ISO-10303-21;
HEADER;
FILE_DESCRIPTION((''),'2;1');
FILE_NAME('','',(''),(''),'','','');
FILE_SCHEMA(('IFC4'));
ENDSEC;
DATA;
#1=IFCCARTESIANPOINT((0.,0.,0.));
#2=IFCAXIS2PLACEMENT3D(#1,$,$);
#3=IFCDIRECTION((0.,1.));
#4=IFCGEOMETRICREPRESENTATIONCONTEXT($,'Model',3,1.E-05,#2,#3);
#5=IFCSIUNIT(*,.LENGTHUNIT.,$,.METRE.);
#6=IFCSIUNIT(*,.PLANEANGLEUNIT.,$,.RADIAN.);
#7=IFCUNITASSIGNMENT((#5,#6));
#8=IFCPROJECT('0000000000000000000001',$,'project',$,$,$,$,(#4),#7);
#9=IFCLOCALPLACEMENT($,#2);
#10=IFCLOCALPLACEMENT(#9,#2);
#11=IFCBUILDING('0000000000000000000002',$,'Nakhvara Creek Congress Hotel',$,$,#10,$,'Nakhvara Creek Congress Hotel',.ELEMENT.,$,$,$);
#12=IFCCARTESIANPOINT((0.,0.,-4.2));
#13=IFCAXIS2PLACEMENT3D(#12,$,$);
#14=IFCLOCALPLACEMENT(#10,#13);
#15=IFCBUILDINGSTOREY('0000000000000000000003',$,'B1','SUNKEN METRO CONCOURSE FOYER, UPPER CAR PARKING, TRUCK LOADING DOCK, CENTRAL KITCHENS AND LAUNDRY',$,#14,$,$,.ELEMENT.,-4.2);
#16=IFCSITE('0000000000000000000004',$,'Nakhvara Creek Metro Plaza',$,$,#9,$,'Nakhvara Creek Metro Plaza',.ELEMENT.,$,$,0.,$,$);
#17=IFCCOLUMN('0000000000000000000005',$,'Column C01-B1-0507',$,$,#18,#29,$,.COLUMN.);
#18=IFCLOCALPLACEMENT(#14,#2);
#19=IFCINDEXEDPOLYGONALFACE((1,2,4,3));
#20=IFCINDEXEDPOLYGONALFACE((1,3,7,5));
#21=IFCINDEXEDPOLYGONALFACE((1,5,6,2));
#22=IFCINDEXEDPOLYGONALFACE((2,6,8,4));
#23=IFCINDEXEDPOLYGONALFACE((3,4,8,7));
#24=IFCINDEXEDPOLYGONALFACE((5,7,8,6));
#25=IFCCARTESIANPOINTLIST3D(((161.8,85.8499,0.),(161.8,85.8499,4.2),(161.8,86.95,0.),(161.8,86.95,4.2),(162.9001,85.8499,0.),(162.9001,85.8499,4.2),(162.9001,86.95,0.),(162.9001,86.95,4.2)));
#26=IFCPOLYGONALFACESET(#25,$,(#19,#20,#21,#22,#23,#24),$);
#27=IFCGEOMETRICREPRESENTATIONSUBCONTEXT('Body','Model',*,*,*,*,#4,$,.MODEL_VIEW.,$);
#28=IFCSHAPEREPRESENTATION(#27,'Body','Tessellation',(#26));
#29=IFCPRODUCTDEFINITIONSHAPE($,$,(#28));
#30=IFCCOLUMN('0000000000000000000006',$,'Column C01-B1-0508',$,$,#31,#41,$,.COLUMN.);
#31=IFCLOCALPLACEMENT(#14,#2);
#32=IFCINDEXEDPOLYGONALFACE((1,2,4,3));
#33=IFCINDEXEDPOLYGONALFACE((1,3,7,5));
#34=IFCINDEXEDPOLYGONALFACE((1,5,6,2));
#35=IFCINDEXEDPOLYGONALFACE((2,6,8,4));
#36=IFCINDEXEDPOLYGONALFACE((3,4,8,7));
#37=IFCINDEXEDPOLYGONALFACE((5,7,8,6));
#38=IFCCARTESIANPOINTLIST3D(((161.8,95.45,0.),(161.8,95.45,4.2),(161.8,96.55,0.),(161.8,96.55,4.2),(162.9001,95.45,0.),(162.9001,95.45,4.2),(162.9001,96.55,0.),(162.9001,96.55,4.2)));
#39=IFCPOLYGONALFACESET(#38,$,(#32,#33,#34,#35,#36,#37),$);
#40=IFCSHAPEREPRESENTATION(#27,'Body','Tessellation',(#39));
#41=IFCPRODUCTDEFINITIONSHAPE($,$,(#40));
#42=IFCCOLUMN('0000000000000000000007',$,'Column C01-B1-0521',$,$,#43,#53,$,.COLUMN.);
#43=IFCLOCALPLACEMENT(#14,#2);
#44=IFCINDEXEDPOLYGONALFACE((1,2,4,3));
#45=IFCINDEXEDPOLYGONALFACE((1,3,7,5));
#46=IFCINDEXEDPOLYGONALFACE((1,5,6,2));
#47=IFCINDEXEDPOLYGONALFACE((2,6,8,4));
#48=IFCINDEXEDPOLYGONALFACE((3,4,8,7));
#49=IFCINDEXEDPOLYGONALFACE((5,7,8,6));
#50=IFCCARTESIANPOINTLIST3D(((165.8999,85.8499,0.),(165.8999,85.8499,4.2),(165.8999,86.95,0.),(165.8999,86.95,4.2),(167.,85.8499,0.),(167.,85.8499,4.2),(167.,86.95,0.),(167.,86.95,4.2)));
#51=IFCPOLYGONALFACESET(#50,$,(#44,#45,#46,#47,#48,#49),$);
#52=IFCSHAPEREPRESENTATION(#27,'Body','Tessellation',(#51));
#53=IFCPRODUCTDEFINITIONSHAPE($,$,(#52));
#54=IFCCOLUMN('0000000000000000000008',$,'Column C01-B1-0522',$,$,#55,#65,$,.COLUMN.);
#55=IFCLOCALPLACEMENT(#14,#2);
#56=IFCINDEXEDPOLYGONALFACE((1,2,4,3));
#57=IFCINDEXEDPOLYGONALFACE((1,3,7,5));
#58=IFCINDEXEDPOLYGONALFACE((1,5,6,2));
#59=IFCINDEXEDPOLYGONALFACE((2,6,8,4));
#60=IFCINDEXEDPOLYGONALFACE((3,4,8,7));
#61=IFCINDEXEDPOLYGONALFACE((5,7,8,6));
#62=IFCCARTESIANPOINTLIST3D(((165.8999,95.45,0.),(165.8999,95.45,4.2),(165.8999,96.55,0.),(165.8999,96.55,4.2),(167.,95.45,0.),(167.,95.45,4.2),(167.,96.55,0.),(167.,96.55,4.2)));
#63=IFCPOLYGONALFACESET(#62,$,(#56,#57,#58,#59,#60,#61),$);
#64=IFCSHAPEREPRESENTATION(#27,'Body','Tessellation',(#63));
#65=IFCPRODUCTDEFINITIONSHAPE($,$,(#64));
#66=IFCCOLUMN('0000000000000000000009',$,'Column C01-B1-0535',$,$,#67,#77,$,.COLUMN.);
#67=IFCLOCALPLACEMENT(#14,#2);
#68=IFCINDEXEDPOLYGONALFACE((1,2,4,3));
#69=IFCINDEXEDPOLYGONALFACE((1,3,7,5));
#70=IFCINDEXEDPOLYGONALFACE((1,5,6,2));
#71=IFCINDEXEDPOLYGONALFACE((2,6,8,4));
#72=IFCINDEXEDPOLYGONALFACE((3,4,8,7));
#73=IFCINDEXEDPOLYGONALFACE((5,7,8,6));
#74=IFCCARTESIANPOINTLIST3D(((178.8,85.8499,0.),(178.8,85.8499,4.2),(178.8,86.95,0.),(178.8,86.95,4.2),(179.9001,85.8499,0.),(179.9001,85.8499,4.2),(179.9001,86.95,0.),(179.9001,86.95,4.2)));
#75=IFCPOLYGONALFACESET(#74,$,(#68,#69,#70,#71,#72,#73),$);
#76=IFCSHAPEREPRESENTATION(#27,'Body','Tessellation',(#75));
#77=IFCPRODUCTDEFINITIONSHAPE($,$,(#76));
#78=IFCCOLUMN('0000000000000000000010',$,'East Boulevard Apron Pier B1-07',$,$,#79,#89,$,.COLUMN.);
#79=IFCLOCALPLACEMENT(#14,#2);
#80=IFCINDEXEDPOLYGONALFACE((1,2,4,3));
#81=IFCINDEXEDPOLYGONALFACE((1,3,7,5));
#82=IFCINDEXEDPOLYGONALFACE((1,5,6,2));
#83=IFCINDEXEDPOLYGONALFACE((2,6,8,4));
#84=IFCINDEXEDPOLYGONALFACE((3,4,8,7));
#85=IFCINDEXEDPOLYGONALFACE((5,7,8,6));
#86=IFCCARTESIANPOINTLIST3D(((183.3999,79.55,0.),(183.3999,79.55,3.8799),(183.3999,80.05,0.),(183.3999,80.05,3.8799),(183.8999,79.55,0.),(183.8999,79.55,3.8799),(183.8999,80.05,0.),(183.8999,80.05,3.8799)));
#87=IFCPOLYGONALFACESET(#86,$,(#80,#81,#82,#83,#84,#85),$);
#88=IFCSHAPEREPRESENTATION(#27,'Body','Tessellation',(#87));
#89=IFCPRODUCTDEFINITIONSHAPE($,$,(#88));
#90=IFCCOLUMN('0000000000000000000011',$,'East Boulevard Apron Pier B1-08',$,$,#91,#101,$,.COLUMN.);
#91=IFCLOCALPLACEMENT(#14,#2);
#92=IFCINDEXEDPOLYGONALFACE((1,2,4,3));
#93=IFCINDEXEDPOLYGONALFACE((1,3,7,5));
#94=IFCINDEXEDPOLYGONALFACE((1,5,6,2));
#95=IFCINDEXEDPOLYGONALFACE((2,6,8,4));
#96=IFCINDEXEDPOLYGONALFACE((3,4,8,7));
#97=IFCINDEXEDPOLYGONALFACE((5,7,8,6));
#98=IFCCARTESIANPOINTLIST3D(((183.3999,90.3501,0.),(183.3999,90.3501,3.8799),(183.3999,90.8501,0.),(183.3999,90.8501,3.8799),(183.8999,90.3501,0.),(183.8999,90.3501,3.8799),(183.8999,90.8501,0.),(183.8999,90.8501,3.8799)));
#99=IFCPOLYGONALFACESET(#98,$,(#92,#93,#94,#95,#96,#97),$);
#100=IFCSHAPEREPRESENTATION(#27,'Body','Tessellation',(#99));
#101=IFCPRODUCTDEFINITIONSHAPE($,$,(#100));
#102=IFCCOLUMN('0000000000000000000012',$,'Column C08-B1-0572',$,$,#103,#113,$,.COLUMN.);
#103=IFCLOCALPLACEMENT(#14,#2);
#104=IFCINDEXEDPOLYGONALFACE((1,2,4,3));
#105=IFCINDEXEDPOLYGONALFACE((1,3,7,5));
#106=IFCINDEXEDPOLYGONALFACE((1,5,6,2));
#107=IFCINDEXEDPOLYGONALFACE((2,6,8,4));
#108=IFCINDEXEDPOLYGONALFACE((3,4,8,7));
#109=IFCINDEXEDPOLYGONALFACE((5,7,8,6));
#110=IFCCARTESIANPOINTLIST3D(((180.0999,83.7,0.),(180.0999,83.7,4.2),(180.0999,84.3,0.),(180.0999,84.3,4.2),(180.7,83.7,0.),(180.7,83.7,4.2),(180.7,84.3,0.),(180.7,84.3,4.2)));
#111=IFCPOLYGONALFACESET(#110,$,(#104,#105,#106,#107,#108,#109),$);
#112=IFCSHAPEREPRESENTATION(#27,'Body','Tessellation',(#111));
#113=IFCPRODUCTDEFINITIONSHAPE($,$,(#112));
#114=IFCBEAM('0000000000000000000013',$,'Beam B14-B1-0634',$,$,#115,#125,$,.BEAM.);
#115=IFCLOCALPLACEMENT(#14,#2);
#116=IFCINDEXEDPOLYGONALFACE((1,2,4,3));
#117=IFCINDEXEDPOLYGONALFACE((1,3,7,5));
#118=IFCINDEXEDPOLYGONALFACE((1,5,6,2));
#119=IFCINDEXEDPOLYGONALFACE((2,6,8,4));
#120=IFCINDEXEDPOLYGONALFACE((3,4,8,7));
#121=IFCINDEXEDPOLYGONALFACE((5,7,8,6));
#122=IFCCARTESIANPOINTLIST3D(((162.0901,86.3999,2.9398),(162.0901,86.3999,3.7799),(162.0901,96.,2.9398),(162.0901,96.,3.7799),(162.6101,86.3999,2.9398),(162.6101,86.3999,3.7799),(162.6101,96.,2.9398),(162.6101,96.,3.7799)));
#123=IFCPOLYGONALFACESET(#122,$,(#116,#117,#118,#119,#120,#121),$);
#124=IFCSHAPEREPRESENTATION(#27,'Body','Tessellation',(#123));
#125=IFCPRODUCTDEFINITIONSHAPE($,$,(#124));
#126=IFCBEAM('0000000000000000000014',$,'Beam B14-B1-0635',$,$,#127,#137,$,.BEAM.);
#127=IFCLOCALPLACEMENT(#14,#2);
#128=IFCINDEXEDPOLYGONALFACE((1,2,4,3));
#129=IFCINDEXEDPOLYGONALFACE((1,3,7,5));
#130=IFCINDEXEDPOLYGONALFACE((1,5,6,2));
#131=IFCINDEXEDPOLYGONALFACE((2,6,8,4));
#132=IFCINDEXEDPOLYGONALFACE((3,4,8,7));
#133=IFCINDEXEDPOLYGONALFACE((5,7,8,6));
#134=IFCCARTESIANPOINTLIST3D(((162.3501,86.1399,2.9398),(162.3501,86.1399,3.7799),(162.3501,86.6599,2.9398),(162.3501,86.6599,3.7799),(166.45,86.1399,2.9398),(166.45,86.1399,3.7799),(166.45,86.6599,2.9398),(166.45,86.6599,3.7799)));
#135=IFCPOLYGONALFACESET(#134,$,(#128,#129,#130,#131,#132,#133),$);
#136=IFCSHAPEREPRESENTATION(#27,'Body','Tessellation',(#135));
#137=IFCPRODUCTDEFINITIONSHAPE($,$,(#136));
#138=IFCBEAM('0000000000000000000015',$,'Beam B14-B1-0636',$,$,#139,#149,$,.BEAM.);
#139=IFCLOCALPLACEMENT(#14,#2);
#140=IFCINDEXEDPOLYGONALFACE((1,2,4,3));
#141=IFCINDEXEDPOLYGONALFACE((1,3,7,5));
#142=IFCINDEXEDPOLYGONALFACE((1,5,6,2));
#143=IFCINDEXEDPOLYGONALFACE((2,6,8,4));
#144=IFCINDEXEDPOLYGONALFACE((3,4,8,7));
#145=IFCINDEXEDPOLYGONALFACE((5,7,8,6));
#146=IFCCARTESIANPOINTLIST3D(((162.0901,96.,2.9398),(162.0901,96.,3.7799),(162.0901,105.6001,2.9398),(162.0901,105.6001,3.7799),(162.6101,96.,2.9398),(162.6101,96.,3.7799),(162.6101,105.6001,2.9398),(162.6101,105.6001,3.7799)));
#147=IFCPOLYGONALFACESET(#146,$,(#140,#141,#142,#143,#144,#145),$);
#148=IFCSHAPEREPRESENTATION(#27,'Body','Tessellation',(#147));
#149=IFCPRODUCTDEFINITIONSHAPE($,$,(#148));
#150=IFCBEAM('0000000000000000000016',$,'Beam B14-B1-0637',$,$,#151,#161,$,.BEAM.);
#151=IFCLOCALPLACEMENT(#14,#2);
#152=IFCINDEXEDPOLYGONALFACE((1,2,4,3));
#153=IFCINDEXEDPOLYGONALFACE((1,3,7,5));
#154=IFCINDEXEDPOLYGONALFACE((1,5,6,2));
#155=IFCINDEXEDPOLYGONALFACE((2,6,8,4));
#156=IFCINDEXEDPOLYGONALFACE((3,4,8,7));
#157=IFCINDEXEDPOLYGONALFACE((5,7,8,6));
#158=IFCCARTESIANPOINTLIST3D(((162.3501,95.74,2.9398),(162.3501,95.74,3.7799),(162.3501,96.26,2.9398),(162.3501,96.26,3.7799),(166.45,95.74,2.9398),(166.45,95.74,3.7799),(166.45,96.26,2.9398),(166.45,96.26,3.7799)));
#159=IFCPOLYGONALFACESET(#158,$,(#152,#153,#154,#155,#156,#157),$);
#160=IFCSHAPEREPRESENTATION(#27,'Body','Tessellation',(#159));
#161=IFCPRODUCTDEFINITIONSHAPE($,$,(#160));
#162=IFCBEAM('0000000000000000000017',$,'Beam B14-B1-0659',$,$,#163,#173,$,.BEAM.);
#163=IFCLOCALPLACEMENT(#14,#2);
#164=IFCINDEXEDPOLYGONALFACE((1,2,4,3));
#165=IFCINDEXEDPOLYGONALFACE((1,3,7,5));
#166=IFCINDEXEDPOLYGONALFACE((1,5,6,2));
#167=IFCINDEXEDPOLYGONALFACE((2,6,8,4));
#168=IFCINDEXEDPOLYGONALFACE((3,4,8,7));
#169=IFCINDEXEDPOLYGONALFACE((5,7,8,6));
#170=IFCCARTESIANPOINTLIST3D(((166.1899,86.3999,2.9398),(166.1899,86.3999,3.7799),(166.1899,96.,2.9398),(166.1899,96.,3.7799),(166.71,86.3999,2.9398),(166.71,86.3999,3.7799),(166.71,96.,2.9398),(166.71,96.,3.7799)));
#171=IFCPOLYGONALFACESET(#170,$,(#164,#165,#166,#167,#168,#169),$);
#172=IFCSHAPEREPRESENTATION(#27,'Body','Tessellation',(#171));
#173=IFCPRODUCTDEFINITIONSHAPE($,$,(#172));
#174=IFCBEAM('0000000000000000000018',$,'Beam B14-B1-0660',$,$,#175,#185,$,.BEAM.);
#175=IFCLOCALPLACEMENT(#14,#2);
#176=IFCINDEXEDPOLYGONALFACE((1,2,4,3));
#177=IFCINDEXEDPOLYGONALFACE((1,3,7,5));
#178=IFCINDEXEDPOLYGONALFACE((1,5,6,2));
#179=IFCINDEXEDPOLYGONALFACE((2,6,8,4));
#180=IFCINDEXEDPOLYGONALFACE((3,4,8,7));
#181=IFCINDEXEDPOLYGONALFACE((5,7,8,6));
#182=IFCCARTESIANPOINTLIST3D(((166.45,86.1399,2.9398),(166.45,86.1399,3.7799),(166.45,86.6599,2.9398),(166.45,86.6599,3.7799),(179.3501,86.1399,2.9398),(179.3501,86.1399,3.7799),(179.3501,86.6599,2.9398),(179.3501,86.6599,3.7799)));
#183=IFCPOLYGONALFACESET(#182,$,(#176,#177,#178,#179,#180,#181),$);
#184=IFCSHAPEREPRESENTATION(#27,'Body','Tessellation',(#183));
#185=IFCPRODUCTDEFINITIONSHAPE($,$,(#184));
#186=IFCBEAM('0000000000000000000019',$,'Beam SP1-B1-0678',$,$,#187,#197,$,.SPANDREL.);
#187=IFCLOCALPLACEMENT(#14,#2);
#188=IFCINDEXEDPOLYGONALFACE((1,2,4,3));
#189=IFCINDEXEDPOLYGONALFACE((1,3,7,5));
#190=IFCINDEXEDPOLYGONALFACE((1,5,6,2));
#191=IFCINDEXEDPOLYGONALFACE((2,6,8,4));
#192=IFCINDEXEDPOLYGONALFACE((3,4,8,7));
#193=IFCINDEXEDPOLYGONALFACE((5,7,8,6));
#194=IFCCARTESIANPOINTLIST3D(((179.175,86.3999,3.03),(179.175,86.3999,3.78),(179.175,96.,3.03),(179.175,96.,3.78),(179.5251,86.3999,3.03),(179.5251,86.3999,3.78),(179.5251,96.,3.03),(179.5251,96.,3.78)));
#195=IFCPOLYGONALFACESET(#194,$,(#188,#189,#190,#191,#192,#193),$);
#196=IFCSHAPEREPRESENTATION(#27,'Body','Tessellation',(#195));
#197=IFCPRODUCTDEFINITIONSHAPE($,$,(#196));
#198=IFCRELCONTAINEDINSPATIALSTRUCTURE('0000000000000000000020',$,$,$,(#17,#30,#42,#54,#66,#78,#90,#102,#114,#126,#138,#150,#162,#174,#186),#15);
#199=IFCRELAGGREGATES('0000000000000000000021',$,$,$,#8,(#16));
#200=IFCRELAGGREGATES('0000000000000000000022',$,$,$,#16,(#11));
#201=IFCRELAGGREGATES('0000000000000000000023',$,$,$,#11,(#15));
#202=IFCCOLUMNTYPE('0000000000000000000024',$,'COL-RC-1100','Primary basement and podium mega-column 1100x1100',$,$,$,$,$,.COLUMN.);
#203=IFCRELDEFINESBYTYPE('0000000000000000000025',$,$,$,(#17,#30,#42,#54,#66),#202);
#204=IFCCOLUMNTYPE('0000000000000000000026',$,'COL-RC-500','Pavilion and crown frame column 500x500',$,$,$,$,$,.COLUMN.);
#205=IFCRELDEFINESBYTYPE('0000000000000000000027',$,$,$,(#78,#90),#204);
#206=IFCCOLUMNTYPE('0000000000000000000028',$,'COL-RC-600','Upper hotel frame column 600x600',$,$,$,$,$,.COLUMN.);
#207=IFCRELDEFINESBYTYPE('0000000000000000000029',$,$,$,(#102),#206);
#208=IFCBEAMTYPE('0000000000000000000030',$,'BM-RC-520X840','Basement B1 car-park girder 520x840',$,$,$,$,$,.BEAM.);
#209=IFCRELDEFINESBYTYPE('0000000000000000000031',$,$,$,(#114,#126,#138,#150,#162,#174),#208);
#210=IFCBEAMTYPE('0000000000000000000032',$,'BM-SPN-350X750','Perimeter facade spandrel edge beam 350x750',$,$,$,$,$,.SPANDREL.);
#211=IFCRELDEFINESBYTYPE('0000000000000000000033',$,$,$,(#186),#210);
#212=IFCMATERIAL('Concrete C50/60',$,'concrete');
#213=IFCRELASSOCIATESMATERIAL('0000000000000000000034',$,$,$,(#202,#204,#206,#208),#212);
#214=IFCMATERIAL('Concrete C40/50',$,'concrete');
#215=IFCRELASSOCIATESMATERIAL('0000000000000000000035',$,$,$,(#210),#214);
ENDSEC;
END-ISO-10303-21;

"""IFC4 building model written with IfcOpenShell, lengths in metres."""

from ifc_helpers import new_model, si_unit, direction, frame, origin, origin_2d, place, context, subcontext, project, spatial, rectangle, extrude, material, material_profile, profile_set, type_object, element, save


model = new_model("IFC4")

# Units and contexts
model_context = context("Model", 3, precision=1e-05, world=origin(), true_north=direction((0.0, 1.0)))
body_context = subcontext(model_context, "Body", "Model", "MODEL_VIEW")
ifc_project = project(units=[si_unit("LENGTHUNIT", "METRE"), si_unit("PLANEANGLEUNIT", "RADIAN")], contexts=[model_context])

# Site, building, storey
site_placement = place(None, origin())
site = spatial("IfcSite", under=ifc_project, at=site_placement, Name="Nakhvara Creek Metro Plaza", LongName="Nakhvara Creek Metro Plaza", CompositionType="ELEMENT", RefElevation=0.0)
building_placement = place(site_placement, origin())
building = spatial("IfcBuilding", under=site, at=building_placement, Name="Nakhvara Creek Congress Hotel", LongName="Nakhvara Creek Congress Hotel", CompositionType="ELEMENT")
storey_placement = place(building_placement, frame((0.0, 0.0, -4.2)))
storey = spatial("IfcBuildingStorey", under=building, at=storey_placement, Name="B1", Description="SUNKEN METRO CONCOURSE FOYER, UPPER CAR PARKING, TRUCK LOADING DOCK, CENTRAL KITCHENS AND LAUNDRY", CompositionType="ELEMENT", Elevation=-4.2)

# Columns
ifc_material_1 = material(Name="Concrete C50/60", Category="concrete")
ifc_material_profile_1 = material_profile(ifc_material_1, rectangle(XDim=1.1001, YDim=1.1001, at=origin_2d()), Name="RC-COL 1100x1100", Category="LoadBearing")
ifc_profile_set_1 = profile_set([ifc_material_profile_1], Name="Concrete C50/60")
column_type_1 = type_object("IfcColumnType", Name="COL-RC-1100", Description="Primary basement and podium mega-column 1100x1100", PredefinedType="COLUMN", material=ifc_profile_set_1)
for number, where, z_axis, x_axis, name in (
    (1, (162.3501, 86.3999, 0.0), (0.0, 0.0, 1.0), (1.0, 0.0, 0.0), "Column C01-B1-0507"),
    (2, (162.3501, 96.0, 0.0), (0.0, 0.0, 1.0), (1.0, 0.0, 0.0), "Column C01-B1-0508"),
    (3, (166.45, 86.3999, 0.0), (0.0, 0.0, 1.0), (1.0, 0.0, 0.0), "Column C01-B1-0521"),
    (4, (166.45, 96.0, 0.0), (0.0, 0.0, 1.0), (1.0, 0.0, 0.0), "Column C01-B1-0522"),
    (5, (179.3501, 86.3999, 0.0), (0.0, 0.0, 1.0), (1.0, 0.0, 0.0), "Column C01-B1-0535"),
):
    element("IfcColumn", number, at=place(storey_placement, frame(where, z_axis=z_axis, x_axis=x_axis)), inside=storey, type_object=column_type_1, Name=name, PredefinedType="COLUMN", context=body_context, shape_type="SweptSolid", body=[
        extrude(rectangle(XDim=1.1001, YDim=1.1001, at=origin_2d()), origin(), (0.0, 0.0, 1.0), 4.2),
    ])
ifc_material_profile_2 = material_profile(ifc_material_1, rectangle(XDim=0.5, YDim=0.5, at=origin_2d()), Name="RC-COL 500x500", Category="LoadBearing")
ifc_profile_set_2 = profile_set([ifc_material_profile_2], Name="Concrete C50/60")
column_type_2 = type_object("IfcColumnType", Name="COL-RC-500", Description="Pavilion and crown frame column 500x500", PredefinedType="COLUMN", material=ifc_profile_set_2)
for number, where, z_axis, x_axis, name in (
    (6, (183.6499, 79.8, 0.0), (0.0, 0.0, 1.0), (1.0, 0.0, 0.0), "East Boulevard Apron Pier B1-07"),
    (7, (183.6499, 90.6001, 0.0), (0.0, 0.0, 1.0), (1.0, 0.0, 0.0), "East Boulevard Apron Pier B1-08"),
):
    element("IfcColumn", number, at=place(storey_placement, frame(where, z_axis=z_axis, x_axis=x_axis)), inside=storey, type_object=column_type_2, Name=name, PredefinedType="COLUMN", context=body_context, shape_type="SweptSolid", body=[
        extrude(rectangle(XDim=0.5, YDim=0.5, at=origin_2d()), origin(), (0.0, 0.0, 1.0), 3.8799),
    ])
ifc_material_profile_3 = material_profile(ifc_material_1, rectangle(XDim=0.6001, YDim=0.6001, at=origin_2d()), Name="RC-COL 600x600", Category="LoadBearing")
ifc_profile_set_3 = profile_set([ifc_material_profile_3], Name="Concrete C50/60")
column_type_3 = type_object("IfcColumnType", Name="COL-RC-600", Description="Upper hotel frame column 600x600", PredefinedType="COLUMN", material=ifc_profile_set_3)
column_placement = place(storey_placement, frame((180.3999, 84.0, 0.0), z_axis=(0.0, 0.0, 1.0), x_axis=(1.0, 0.0, 0.0)))
element("IfcColumn", 8, at=column_placement, inside=storey, type_object=column_type_3, Name="Column C08-B1-0572", PredefinedType="COLUMN", context=body_context, shape_type="SweptSolid", body=[
    extrude(rectangle(XDim=0.6001, YDim=0.6001, at=origin_2d()), origin(), (0.0, 0.0, 1.0), 4.2),
])

# Beams
ifc_material_profile_4 = material_profile(ifc_material_1, rectangle(XDim=0.52, YDim=0.8401, at=origin_2d()), Name="RC-BM 520x840", Category="LoadBearing")
ifc_profile_set_4 = profile_set([ifc_material_profile_4], Name="Concrete C50/60")
beam_type_1 = type_object("IfcBeamType", Name="BM-RC-520X840", Description="Basement B1 car-park girder 520x840", PredefinedType="BEAM", material=ifc_profile_set_4)
beam_1_placement = place(storey_placement, frame((162.3501, 86.3999, 3.3599), z_axis=(0.0, 1.0, 0.0), x_axis=(-1.0, 0.0, 0.0)))
element("IfcBeam", 9, at=beam_1_placement, inside=storey, type_object=beam_type_1, Name="Beam B14-B1-0634", PredefinedType="BEAM", context=body_context, shape_type="SweptSolid", body=[
    extrude(rectangle(XDim=0.52, YDim=0.8401, at=origin_2d()), origin(), (0.0, 0.0, 1.0), 9.6001),
])
beam_2_placement = place(storey_placement, frame((162.3501, 86.3999, 3.3599), z_axis=(1.0, 0.0, 0.0), x_axis=(0.0, 1.0, 0.0)))
element("IfcBeam", 10, at=beam_2_placement, inside=storey, type_object=beam_type_1, Name="Beam B14-B1-0635", PredefinedType="BEAM", context=body_context, shape_type="SweptSolid", body=[
    extrude(rectangle(XDim=0.52, YDim=0.8401, at=origin_2d()), origin(), (0.0, 0.0, 1.0), 4.0999),
])
beam_3_placement = place(storey_placement, frame((162.3501, 96.0, 3.3599), z_axis=(0.0, 1.0, 0.0), x_axis=(-1.0, 0.0, 0.0)))
element("IfcBeam", 11, at=beam_3_placement, inside=storey, type_object=beam_type_1, Name="Beam B14-B1-0636", PredefinedType="BEAM", context=body_context, shape_type="SweptSolid", body=[
    extrude(rectangle(XDim=0.52, YDim=0.8401, at=origin_2d()), origin(), (0.0, 0.0, 1.0), 9.6001),
])
beam_4_placement = place(storey_placement, frame((162.3501, 96.0, 3.3599), z_axis=(1.0, 0.0, 0.0), x_axis=(0.0, 1.0, 0.0)))
element("IfcBeam", 12, at=beam_4_placement, inside=storey, type_object=beam_type_1, Name="Beam B14-B1-0637", PredefinedType="BEAM", context=body_context, shape_type="SweptSolid", body=[
    extrude(rectangle(XDim=0.52, YDim=0.8401, at=origin_2d()), origin(), (0.0, 0.0, 1.0), 4.0999),
])
beam_5_placement = place(storey_placement, frame((166.45, 86.3999, 3.3599), z_axis=(0.0, 1.0, 0.0), x_axis=(-1.0, 0.0, 0.0)))
element("IfcBeam", 13, at=beam_5_placement, inside=storey, type_object=beam_type_1, Name="Beam B14-B1-0659", PredefinedType="BEAM", context=body_context, shape_type="SweptSolid", body=[
    extrude(rectangle(XDim=0.52, YDim=0.8401, at=origin_2d()), origin(), (0.0, 0.0, 1.0), 9.6001),
])
beam_6_placement = place(storey_placement, frame((166.45, 86.3999, 3.3599), z_axis=(1.0, 0.0, 0.0), x_axis=(0.0, 1.0, 0.0)))
element("IfcBeam", 14, at=beam_6_placement, inside=storey, type_object=beam_type_1, Name="Beam B14-B1-0660", PredefinedType="BEAM", context=body_context, shape_type="SweptSolid", body=[
    extrude(rectangle(XDim=0.52, YDim=0.8401, at=origin_2d()), origin(), (0.0, 0.0, 1.0), 12.9001),
])
ifc_material_2 = material(Name="Concrete C40/50", Category="concrete")
ifc_material_profile_5 = material_profile(ifc_material_2, rectangle(XDim=0.3501, YDim=0.75, at=origin_2d()), Name="RC-SPANDREL 350x750", Category="LoadBearing")
ifc_profile_set_5 = profile_set([ifc_material_profile_5], Name="Concrete C40/50")
beam_type_2 = type_object("IfcBeamType", Name="BM-SPN-350X750", Description="Perimeter facade spandrel edge beam 350x750", PredefinedType="SPANDREL", material=ifc_profile_set_5)
beam_7_placement = place(storey_placement, frame((179.3501, 86.3999, 3.405), z_axis=(0.0, 1.0, 0.0), x_axis=(-1.0, 0.0, 0.0)))
element("IfcBeam", 15, at=beam_7_placement, inside=storey, type_object=beam_type_2, Name="Beam SP1-B1-0678", PredefinedType="SPANDREL", context=body_context, shape_type="SweptSolid", body=[
    extrude(rectangle(XDim=0.3501, YDim=0.75, at=origin_2d()), origin(), (0.0, 0.0, 1.0), 9.6001),
])

save(model, "model.ifc")
